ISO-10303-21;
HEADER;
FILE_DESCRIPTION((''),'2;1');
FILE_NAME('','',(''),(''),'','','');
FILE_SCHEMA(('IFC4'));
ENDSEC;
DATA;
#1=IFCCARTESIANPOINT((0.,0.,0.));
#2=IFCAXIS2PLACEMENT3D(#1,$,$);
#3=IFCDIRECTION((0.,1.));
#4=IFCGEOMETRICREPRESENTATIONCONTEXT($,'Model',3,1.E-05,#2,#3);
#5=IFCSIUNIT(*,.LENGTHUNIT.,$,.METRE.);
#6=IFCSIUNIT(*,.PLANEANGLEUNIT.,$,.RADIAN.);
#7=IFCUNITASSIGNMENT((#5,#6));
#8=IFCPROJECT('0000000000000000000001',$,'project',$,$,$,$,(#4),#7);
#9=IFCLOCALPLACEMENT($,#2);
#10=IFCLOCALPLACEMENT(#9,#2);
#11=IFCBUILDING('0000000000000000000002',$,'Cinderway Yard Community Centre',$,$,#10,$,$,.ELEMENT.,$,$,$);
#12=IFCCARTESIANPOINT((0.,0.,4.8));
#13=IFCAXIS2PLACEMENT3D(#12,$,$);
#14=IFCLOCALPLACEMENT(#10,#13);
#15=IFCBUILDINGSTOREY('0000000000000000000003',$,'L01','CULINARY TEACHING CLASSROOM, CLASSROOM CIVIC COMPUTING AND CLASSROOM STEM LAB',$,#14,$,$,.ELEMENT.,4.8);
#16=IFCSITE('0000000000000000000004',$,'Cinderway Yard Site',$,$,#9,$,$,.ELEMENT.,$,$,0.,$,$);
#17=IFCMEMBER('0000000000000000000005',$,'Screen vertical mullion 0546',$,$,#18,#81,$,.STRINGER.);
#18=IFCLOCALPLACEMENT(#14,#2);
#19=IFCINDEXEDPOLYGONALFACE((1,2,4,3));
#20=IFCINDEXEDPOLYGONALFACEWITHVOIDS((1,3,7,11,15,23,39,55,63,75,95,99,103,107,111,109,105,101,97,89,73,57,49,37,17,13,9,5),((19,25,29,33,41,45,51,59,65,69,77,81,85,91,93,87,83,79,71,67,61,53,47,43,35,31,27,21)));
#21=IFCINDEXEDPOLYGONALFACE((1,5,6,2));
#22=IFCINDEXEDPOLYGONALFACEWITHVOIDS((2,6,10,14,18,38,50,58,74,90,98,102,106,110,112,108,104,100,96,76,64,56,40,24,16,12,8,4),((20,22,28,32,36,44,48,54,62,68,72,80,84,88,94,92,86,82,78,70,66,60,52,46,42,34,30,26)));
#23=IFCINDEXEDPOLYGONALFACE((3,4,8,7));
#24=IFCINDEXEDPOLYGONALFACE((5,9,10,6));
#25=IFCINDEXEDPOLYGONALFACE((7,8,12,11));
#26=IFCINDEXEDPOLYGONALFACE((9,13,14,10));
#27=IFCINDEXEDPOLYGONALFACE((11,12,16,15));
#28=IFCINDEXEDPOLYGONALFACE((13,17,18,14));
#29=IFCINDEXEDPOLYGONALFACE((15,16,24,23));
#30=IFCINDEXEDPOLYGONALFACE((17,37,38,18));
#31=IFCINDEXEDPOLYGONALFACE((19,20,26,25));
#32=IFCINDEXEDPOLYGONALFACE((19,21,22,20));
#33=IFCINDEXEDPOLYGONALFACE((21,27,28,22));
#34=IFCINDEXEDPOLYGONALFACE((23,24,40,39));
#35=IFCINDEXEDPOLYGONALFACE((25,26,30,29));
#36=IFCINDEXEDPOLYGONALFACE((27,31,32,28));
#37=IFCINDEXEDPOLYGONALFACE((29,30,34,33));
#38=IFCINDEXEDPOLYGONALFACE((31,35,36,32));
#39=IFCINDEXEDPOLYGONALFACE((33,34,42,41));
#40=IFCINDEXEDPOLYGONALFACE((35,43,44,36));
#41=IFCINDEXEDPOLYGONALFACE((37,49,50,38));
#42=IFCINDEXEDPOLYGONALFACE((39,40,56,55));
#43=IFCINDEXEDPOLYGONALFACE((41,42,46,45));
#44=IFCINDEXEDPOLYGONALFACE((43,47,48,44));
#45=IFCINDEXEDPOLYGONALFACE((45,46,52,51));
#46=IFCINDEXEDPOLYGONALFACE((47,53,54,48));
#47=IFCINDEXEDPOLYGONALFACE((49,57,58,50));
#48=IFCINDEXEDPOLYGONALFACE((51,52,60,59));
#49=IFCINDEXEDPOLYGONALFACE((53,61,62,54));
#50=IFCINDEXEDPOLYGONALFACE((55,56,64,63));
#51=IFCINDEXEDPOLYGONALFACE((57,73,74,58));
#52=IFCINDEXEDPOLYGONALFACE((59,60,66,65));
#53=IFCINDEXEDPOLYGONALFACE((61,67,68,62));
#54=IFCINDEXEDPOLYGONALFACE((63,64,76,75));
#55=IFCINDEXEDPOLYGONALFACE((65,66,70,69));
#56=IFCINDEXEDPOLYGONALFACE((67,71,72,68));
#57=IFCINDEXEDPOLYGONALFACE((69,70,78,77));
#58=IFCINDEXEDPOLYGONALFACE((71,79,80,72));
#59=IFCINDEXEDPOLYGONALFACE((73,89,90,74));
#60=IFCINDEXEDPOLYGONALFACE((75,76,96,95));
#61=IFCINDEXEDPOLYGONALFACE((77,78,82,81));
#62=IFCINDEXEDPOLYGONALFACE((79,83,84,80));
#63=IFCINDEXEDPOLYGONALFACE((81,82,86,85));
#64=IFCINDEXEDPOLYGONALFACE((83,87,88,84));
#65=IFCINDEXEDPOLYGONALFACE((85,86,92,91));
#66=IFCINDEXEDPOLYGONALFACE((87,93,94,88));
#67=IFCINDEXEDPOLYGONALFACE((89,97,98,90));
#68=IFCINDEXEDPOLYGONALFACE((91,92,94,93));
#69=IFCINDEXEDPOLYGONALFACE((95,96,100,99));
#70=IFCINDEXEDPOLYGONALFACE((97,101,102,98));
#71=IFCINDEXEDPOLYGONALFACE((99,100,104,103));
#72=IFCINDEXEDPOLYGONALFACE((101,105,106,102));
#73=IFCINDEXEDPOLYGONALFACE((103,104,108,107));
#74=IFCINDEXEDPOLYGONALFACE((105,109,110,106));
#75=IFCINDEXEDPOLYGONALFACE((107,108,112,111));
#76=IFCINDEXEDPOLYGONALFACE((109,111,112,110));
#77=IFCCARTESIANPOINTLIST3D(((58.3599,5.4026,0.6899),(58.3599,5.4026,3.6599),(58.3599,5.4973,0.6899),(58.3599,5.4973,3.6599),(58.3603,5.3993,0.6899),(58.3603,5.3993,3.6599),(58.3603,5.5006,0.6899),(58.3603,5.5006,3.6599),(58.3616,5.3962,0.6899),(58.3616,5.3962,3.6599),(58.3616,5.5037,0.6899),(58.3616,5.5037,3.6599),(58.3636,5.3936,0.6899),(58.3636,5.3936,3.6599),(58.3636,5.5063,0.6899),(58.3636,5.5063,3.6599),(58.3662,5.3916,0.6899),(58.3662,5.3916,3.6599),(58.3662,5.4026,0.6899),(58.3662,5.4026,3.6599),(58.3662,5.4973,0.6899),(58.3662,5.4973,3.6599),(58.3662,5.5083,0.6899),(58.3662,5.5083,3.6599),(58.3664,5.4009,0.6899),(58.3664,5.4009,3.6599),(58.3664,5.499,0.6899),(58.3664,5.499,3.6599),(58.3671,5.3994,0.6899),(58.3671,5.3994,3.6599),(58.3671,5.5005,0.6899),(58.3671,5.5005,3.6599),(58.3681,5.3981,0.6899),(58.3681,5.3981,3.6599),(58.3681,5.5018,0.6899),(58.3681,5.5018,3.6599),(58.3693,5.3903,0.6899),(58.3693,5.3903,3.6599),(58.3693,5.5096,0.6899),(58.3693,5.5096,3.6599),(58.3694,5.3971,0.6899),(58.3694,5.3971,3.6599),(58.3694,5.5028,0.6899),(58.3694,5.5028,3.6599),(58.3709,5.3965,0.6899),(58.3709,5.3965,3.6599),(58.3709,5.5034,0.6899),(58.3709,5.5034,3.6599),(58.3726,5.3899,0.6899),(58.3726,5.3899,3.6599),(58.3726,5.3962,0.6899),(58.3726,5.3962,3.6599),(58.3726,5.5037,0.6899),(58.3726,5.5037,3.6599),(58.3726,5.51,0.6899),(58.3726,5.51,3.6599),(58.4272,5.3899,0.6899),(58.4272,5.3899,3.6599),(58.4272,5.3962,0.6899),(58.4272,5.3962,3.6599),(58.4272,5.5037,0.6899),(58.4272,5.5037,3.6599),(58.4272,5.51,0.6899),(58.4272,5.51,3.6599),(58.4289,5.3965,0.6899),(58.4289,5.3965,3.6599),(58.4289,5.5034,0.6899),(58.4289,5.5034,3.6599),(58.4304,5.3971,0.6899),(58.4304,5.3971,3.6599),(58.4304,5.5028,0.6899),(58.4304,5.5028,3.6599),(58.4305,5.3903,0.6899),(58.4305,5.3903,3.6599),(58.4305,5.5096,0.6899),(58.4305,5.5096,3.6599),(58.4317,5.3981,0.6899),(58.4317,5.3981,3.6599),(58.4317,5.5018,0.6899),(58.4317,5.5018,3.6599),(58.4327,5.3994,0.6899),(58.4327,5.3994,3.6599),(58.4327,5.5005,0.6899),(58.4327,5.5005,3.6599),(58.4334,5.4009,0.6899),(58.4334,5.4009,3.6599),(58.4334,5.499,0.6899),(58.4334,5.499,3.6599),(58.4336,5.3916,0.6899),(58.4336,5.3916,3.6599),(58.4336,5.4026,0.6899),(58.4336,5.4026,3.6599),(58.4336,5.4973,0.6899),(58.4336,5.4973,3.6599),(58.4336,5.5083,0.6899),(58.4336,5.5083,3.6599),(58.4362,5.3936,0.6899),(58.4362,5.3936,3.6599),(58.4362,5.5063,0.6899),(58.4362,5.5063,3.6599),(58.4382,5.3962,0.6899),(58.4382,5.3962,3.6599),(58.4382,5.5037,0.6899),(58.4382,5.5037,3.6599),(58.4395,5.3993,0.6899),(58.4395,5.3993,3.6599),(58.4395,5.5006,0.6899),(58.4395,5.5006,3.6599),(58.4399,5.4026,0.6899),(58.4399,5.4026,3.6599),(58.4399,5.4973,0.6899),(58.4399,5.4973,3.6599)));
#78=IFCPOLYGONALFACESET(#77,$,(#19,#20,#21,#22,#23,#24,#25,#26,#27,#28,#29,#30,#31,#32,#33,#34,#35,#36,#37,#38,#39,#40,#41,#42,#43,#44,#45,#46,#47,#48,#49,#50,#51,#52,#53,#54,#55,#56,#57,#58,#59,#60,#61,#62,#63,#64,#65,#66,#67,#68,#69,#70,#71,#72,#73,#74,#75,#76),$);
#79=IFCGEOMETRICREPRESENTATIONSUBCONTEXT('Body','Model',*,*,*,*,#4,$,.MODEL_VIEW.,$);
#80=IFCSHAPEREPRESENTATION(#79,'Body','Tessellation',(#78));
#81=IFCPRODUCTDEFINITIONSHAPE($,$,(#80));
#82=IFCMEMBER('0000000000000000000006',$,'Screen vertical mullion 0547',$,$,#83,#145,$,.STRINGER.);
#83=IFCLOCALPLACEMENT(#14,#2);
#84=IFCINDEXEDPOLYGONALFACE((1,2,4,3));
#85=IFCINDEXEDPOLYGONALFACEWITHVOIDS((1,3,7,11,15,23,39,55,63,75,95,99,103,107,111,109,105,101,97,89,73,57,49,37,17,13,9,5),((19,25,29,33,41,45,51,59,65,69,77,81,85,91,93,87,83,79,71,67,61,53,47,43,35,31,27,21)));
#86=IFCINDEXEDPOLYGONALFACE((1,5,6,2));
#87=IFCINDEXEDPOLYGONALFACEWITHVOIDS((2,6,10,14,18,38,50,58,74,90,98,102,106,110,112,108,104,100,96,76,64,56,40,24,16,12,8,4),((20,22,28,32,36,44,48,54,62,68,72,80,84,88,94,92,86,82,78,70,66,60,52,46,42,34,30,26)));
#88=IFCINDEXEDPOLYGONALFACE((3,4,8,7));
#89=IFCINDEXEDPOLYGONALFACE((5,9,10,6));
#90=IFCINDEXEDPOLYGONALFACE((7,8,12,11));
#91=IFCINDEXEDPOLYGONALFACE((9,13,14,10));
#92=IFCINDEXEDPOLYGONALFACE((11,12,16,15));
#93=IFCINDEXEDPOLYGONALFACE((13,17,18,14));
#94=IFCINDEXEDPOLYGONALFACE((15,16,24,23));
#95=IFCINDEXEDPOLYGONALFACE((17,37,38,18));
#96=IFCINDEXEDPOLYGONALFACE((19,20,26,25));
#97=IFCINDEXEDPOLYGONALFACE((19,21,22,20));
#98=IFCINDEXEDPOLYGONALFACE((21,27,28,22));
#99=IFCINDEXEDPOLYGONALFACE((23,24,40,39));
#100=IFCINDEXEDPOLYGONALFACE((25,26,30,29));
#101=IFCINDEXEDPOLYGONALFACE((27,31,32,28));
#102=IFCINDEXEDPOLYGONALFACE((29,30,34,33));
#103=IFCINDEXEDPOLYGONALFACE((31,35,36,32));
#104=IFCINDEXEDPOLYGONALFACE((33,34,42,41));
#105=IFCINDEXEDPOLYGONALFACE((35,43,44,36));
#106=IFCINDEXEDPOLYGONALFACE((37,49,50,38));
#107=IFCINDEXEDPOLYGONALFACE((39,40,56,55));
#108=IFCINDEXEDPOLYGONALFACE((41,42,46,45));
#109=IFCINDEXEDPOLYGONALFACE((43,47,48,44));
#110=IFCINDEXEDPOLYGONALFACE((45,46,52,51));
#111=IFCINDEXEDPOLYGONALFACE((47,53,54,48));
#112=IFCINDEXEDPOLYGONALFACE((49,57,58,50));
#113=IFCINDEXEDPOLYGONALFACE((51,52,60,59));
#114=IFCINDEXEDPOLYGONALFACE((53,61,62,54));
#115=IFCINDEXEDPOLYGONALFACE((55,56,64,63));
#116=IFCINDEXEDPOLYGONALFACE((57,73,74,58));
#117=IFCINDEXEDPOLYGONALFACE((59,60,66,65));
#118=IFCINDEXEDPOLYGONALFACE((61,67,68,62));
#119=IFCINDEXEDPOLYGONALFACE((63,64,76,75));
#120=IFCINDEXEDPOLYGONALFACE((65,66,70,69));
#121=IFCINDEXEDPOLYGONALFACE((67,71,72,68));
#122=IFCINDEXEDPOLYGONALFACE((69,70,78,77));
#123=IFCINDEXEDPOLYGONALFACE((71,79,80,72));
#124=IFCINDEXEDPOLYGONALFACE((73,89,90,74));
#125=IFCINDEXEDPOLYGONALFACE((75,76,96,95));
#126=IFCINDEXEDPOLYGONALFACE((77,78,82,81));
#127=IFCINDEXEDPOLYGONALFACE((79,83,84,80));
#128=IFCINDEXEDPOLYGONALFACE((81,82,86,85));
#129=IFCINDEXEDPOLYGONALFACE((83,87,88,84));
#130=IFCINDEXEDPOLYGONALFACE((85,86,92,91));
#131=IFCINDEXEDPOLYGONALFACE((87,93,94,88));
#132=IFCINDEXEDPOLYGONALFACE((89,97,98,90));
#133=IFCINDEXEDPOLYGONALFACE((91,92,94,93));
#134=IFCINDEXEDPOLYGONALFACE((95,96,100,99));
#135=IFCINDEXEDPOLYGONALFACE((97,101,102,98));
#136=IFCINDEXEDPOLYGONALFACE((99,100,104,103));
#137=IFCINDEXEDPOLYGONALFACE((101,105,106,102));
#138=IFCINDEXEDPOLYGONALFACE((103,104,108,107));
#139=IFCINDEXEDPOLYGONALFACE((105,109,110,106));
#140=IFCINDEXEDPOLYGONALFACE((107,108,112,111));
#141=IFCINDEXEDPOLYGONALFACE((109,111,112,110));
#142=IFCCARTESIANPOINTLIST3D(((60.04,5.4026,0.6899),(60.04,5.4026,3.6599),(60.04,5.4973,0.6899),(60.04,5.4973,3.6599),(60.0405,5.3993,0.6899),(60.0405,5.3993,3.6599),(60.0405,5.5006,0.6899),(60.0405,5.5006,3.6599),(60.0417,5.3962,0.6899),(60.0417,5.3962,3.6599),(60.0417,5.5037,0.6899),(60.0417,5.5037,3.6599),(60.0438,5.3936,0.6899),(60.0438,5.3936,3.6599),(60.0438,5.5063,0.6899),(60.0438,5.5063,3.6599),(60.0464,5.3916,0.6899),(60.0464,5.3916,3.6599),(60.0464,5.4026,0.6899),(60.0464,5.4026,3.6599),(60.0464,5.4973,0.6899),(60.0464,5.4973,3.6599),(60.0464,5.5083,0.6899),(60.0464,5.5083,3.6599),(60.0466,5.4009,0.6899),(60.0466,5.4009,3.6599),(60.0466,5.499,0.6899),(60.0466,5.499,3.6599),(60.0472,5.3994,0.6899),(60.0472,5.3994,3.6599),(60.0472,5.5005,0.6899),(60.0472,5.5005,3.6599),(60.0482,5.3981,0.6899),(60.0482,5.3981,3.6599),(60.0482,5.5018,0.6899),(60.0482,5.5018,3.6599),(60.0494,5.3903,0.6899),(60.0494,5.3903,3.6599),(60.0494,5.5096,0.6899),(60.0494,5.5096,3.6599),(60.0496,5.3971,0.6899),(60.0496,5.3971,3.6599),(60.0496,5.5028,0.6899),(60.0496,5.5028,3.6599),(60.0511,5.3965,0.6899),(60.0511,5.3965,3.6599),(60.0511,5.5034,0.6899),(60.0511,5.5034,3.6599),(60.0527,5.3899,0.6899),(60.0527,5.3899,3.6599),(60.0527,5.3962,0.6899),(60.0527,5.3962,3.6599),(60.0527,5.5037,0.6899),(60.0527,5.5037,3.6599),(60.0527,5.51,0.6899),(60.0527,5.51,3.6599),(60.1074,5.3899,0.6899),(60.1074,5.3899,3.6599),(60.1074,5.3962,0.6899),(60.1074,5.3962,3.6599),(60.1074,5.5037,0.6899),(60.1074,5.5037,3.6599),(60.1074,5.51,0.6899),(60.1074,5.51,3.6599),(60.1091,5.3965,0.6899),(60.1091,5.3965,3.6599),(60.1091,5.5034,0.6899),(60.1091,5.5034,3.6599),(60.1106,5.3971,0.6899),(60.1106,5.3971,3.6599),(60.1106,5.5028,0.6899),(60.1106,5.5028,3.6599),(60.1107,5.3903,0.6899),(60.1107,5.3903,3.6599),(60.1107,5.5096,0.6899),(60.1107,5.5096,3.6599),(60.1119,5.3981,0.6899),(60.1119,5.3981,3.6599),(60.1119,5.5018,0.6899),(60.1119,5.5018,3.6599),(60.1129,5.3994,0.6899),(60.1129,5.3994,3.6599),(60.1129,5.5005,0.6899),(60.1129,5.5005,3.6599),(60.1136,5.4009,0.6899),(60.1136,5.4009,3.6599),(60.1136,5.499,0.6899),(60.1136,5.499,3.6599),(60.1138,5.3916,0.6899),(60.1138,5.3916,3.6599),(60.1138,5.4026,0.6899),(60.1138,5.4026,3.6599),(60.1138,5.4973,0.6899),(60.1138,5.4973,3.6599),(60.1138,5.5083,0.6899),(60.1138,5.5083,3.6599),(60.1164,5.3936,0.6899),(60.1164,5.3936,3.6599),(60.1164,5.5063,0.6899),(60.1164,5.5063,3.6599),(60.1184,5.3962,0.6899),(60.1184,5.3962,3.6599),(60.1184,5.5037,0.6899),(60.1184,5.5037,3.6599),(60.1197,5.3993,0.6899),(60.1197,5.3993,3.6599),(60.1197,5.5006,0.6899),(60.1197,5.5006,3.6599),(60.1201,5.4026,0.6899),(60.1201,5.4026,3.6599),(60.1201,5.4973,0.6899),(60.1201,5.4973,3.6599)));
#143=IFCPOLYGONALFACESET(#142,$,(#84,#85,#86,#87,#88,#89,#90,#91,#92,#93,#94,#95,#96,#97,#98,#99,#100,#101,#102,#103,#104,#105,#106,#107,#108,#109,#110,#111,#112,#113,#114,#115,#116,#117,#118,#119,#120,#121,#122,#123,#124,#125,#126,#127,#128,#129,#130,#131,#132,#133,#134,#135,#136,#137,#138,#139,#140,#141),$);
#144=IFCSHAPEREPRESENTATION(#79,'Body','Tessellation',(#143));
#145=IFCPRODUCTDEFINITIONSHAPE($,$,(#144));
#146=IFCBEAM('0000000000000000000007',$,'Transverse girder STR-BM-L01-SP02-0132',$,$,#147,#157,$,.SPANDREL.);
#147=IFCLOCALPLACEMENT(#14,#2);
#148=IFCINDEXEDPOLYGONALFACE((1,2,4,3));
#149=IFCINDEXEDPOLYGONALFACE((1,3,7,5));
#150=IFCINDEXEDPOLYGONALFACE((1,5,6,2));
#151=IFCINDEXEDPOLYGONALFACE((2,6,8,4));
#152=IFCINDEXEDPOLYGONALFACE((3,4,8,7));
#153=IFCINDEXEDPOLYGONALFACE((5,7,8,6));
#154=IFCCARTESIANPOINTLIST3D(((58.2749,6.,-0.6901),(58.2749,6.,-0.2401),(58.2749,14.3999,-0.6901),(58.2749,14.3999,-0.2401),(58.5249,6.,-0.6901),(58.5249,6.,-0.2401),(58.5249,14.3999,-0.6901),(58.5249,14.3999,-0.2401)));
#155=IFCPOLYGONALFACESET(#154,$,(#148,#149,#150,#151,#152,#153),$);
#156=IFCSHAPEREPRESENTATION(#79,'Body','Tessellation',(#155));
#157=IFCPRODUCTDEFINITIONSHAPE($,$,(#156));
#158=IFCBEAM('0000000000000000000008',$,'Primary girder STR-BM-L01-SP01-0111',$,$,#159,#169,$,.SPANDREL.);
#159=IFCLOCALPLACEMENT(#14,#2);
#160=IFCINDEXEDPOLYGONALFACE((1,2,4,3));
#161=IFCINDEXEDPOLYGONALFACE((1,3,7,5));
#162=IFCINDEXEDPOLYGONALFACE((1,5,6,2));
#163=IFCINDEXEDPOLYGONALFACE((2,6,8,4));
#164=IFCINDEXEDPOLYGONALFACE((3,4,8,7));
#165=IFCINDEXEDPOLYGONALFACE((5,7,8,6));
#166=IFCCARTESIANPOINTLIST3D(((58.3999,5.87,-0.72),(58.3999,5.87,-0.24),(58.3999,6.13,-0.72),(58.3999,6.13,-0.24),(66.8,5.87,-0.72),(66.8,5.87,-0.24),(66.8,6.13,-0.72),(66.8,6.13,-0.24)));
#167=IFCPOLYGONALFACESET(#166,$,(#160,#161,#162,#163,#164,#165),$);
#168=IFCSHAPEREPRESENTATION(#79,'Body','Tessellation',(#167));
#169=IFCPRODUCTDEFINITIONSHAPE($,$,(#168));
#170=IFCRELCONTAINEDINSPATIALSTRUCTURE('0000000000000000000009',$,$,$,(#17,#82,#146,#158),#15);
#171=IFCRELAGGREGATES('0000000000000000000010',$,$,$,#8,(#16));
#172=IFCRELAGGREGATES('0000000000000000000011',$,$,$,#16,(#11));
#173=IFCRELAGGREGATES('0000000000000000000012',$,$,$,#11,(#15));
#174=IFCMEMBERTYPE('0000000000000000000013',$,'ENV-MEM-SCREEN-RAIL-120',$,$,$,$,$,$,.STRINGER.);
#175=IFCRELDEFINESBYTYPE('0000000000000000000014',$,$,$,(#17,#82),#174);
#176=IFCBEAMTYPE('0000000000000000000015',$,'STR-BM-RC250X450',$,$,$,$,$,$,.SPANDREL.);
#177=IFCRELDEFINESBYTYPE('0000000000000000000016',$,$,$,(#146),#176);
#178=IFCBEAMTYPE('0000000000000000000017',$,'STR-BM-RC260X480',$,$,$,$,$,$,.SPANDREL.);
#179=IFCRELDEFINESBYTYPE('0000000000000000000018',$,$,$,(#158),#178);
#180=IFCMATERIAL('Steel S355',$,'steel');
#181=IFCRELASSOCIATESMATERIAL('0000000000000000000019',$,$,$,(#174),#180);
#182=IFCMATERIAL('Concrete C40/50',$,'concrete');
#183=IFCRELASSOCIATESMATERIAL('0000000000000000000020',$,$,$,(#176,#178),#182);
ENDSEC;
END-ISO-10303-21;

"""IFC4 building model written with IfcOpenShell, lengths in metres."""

from ifc_helpers import new_model, si_unit, direction, frame, origin, origin_2d, place, context, subcontext, project, spatial, rectangle, hollow_rectangle, extrude, material, material_profile, profile_set, type_object, element, save


model = new_model("IFC4")

# Units and contexts
model_context = context("Model", 3, precision=1e-05, world=origin(), true_north=direction((0.0, 1.0)))
body_context = subcontext(model_context, "Body", "Model", "MODEL_VIEW")
ifc_project = project(units=[si_unit("LENGTHUNIT", "METRE"), si_unit("PLANEANGLEUNIT", "RADIAN")], contexts=[model_context])

# Site, building, storey
site_placement = place(None, origin())
site = spatial("IfcSite", under=ifc_project, at=site_placement, Name="Cinderway Yard Site", CompositionType="ELEMENT", RefElevation=0.0)
building_placement = place(site_placement, origin())
building = spatial("IfcBuilding", under=site, at=building_placement, Name="Cinderway Yard Community Centre", CompositionType="ELEMENT")
storey_placement = place(building_placement, frame((0.0, 0.0, 4.8)))
storey = spatial("IfcBuildingStorey", under=building, at=storey_placement, Name="L01", Description="CULINARY TEACHING CLASSROOM, CLASSROOM CIVIC COMPUTING AND CLASSROOM STEM LAB", CompositionType="ELEMENT", Elevation=4.8)

# Shared definitions
ifc_material_1 = material(Name="Concrete C40/50", Category="concrete")

# Members
ifc_material_2 = material(Name="Steel S355", Category="steel")
ifc_material_profile_1 = material_profile(ifc_material_2, hollow_rectangle(XDim=0.0801, YDim=0.1201, WallThickness=0.0063, InnerFilletRadius=0.0063, OuterFilletRadius=0.0127, at=origin_2d()), Name="Steel S355")
ifc_profile_set_1 = profile_set([ifc_material_profile_1], Name="Steel S355")
member_type_1 = type_object("IfcMemberType", Name="ENV-MEM-SCREEN-RAIL-120", PredefinedType="STRINGER", material=ifc_profile_set_1)
for number, where, z_axis, x_axis, name in (
    (1, (58.3999, 5.45, 0.6899), (0.0, 0.0, 1.0), (1.0, 0.0, 0.0), "Screen vertical mullion 0546"),
    (2, (60.0801, 5.45, 0.6899), (0.0, 0.0, 1.0), (1.0, 0.0, 0.0), "Screen vertical mullion 0547"),
):
    element("IfcMember", number, at=place(storey_placement, frame(where, z_axis=z_axis, x_axis=x_axis)), inside=storey, type_object=member_type_1, Name=name, PredefinedType="STRINGER", context=body_context, shape_type="SweptSolid", body=[
        extrude(hollow_rectangle(XDim=0.0801, YDim=0.1201, WallThickness=0.0063, InnerFilletRadius=0.0063, OuterFilletRadius=0.0127, at=origin_2d()), origin(), (0.0, 0.0, 1.0), 2.97),
    ])

# Beams
ifc_material_profile_2 = material_profile(ifc_material_1, rectangle(XDim=0.25, YDim=0.45, at=origin_2d()), Name="Concrete C40/50")
ifc_profile_set_2 = profile_set([ifc_material_profile_2], Name="Concrete C40/50")
beam_type_1 = type_object("IfcBeamType", Name="STR-BM-RC250X450", PredefinedType="SPANDREL", material=ifc_profile_set_2)
beam_1_placement = place(storey_placement, frame((58.3999, 6.0, -0.4651), z_axis=(0.0, 1.0, 0.0), x_axis=(-1.0, 0.0, 0.0)))
element("IfcBeam", 3, at=beam_1_placement, inside=storey, type_object=beam_type_1, Name="Transverse girder STR-BM-L01-SP02-0132", PredefinedType="SPANDREL", context=body_context, shape_type="SweptSolid", body=[
    extrude(rectangle(XDim=0.25, YDim=0.45, at=origin_2d()), origin(), (0.0, 0.0, 1.0), 8.3999),
])
ifc_material_profile_3 = material_profile(ifc_material_1, rectangle(XDim=0.26, YDim=0.48, at=origin_2d()), Name="Concrete C40/50")
ifc_profile_set_3 = profile_set([ifc_material_profile_3], Name="Concrete C40/50")
beam_type_2 = type_object("IfcBeamType", Name="STR-BM-RC260X480", PredefinedType="SPANDREL", material=ifc_profile_set_3)
beam_2_placement = place(storey_placement, frame((58.3999, 6.0, -0.48), z_axis=(1.0, 0.0, 0.0), x_axis=(0.0, 1.0, 0.0)))
element("IfcBeam", 4, at=beam_2_placement, inside=storey, type_object=beam_type_2, Name="Primary girder STR-BM-L01-SP01-0111", PredefinedType="SPANDREL", context=body_context, shape_type="SweptSolid", body=[
    extrude(rectangle(XDim=0.26, YDim=0.48, at=origin_2d()), origin(), (0.0, 0.0, 1.0), 8.4001),
])

save(model, "model.ifc")
